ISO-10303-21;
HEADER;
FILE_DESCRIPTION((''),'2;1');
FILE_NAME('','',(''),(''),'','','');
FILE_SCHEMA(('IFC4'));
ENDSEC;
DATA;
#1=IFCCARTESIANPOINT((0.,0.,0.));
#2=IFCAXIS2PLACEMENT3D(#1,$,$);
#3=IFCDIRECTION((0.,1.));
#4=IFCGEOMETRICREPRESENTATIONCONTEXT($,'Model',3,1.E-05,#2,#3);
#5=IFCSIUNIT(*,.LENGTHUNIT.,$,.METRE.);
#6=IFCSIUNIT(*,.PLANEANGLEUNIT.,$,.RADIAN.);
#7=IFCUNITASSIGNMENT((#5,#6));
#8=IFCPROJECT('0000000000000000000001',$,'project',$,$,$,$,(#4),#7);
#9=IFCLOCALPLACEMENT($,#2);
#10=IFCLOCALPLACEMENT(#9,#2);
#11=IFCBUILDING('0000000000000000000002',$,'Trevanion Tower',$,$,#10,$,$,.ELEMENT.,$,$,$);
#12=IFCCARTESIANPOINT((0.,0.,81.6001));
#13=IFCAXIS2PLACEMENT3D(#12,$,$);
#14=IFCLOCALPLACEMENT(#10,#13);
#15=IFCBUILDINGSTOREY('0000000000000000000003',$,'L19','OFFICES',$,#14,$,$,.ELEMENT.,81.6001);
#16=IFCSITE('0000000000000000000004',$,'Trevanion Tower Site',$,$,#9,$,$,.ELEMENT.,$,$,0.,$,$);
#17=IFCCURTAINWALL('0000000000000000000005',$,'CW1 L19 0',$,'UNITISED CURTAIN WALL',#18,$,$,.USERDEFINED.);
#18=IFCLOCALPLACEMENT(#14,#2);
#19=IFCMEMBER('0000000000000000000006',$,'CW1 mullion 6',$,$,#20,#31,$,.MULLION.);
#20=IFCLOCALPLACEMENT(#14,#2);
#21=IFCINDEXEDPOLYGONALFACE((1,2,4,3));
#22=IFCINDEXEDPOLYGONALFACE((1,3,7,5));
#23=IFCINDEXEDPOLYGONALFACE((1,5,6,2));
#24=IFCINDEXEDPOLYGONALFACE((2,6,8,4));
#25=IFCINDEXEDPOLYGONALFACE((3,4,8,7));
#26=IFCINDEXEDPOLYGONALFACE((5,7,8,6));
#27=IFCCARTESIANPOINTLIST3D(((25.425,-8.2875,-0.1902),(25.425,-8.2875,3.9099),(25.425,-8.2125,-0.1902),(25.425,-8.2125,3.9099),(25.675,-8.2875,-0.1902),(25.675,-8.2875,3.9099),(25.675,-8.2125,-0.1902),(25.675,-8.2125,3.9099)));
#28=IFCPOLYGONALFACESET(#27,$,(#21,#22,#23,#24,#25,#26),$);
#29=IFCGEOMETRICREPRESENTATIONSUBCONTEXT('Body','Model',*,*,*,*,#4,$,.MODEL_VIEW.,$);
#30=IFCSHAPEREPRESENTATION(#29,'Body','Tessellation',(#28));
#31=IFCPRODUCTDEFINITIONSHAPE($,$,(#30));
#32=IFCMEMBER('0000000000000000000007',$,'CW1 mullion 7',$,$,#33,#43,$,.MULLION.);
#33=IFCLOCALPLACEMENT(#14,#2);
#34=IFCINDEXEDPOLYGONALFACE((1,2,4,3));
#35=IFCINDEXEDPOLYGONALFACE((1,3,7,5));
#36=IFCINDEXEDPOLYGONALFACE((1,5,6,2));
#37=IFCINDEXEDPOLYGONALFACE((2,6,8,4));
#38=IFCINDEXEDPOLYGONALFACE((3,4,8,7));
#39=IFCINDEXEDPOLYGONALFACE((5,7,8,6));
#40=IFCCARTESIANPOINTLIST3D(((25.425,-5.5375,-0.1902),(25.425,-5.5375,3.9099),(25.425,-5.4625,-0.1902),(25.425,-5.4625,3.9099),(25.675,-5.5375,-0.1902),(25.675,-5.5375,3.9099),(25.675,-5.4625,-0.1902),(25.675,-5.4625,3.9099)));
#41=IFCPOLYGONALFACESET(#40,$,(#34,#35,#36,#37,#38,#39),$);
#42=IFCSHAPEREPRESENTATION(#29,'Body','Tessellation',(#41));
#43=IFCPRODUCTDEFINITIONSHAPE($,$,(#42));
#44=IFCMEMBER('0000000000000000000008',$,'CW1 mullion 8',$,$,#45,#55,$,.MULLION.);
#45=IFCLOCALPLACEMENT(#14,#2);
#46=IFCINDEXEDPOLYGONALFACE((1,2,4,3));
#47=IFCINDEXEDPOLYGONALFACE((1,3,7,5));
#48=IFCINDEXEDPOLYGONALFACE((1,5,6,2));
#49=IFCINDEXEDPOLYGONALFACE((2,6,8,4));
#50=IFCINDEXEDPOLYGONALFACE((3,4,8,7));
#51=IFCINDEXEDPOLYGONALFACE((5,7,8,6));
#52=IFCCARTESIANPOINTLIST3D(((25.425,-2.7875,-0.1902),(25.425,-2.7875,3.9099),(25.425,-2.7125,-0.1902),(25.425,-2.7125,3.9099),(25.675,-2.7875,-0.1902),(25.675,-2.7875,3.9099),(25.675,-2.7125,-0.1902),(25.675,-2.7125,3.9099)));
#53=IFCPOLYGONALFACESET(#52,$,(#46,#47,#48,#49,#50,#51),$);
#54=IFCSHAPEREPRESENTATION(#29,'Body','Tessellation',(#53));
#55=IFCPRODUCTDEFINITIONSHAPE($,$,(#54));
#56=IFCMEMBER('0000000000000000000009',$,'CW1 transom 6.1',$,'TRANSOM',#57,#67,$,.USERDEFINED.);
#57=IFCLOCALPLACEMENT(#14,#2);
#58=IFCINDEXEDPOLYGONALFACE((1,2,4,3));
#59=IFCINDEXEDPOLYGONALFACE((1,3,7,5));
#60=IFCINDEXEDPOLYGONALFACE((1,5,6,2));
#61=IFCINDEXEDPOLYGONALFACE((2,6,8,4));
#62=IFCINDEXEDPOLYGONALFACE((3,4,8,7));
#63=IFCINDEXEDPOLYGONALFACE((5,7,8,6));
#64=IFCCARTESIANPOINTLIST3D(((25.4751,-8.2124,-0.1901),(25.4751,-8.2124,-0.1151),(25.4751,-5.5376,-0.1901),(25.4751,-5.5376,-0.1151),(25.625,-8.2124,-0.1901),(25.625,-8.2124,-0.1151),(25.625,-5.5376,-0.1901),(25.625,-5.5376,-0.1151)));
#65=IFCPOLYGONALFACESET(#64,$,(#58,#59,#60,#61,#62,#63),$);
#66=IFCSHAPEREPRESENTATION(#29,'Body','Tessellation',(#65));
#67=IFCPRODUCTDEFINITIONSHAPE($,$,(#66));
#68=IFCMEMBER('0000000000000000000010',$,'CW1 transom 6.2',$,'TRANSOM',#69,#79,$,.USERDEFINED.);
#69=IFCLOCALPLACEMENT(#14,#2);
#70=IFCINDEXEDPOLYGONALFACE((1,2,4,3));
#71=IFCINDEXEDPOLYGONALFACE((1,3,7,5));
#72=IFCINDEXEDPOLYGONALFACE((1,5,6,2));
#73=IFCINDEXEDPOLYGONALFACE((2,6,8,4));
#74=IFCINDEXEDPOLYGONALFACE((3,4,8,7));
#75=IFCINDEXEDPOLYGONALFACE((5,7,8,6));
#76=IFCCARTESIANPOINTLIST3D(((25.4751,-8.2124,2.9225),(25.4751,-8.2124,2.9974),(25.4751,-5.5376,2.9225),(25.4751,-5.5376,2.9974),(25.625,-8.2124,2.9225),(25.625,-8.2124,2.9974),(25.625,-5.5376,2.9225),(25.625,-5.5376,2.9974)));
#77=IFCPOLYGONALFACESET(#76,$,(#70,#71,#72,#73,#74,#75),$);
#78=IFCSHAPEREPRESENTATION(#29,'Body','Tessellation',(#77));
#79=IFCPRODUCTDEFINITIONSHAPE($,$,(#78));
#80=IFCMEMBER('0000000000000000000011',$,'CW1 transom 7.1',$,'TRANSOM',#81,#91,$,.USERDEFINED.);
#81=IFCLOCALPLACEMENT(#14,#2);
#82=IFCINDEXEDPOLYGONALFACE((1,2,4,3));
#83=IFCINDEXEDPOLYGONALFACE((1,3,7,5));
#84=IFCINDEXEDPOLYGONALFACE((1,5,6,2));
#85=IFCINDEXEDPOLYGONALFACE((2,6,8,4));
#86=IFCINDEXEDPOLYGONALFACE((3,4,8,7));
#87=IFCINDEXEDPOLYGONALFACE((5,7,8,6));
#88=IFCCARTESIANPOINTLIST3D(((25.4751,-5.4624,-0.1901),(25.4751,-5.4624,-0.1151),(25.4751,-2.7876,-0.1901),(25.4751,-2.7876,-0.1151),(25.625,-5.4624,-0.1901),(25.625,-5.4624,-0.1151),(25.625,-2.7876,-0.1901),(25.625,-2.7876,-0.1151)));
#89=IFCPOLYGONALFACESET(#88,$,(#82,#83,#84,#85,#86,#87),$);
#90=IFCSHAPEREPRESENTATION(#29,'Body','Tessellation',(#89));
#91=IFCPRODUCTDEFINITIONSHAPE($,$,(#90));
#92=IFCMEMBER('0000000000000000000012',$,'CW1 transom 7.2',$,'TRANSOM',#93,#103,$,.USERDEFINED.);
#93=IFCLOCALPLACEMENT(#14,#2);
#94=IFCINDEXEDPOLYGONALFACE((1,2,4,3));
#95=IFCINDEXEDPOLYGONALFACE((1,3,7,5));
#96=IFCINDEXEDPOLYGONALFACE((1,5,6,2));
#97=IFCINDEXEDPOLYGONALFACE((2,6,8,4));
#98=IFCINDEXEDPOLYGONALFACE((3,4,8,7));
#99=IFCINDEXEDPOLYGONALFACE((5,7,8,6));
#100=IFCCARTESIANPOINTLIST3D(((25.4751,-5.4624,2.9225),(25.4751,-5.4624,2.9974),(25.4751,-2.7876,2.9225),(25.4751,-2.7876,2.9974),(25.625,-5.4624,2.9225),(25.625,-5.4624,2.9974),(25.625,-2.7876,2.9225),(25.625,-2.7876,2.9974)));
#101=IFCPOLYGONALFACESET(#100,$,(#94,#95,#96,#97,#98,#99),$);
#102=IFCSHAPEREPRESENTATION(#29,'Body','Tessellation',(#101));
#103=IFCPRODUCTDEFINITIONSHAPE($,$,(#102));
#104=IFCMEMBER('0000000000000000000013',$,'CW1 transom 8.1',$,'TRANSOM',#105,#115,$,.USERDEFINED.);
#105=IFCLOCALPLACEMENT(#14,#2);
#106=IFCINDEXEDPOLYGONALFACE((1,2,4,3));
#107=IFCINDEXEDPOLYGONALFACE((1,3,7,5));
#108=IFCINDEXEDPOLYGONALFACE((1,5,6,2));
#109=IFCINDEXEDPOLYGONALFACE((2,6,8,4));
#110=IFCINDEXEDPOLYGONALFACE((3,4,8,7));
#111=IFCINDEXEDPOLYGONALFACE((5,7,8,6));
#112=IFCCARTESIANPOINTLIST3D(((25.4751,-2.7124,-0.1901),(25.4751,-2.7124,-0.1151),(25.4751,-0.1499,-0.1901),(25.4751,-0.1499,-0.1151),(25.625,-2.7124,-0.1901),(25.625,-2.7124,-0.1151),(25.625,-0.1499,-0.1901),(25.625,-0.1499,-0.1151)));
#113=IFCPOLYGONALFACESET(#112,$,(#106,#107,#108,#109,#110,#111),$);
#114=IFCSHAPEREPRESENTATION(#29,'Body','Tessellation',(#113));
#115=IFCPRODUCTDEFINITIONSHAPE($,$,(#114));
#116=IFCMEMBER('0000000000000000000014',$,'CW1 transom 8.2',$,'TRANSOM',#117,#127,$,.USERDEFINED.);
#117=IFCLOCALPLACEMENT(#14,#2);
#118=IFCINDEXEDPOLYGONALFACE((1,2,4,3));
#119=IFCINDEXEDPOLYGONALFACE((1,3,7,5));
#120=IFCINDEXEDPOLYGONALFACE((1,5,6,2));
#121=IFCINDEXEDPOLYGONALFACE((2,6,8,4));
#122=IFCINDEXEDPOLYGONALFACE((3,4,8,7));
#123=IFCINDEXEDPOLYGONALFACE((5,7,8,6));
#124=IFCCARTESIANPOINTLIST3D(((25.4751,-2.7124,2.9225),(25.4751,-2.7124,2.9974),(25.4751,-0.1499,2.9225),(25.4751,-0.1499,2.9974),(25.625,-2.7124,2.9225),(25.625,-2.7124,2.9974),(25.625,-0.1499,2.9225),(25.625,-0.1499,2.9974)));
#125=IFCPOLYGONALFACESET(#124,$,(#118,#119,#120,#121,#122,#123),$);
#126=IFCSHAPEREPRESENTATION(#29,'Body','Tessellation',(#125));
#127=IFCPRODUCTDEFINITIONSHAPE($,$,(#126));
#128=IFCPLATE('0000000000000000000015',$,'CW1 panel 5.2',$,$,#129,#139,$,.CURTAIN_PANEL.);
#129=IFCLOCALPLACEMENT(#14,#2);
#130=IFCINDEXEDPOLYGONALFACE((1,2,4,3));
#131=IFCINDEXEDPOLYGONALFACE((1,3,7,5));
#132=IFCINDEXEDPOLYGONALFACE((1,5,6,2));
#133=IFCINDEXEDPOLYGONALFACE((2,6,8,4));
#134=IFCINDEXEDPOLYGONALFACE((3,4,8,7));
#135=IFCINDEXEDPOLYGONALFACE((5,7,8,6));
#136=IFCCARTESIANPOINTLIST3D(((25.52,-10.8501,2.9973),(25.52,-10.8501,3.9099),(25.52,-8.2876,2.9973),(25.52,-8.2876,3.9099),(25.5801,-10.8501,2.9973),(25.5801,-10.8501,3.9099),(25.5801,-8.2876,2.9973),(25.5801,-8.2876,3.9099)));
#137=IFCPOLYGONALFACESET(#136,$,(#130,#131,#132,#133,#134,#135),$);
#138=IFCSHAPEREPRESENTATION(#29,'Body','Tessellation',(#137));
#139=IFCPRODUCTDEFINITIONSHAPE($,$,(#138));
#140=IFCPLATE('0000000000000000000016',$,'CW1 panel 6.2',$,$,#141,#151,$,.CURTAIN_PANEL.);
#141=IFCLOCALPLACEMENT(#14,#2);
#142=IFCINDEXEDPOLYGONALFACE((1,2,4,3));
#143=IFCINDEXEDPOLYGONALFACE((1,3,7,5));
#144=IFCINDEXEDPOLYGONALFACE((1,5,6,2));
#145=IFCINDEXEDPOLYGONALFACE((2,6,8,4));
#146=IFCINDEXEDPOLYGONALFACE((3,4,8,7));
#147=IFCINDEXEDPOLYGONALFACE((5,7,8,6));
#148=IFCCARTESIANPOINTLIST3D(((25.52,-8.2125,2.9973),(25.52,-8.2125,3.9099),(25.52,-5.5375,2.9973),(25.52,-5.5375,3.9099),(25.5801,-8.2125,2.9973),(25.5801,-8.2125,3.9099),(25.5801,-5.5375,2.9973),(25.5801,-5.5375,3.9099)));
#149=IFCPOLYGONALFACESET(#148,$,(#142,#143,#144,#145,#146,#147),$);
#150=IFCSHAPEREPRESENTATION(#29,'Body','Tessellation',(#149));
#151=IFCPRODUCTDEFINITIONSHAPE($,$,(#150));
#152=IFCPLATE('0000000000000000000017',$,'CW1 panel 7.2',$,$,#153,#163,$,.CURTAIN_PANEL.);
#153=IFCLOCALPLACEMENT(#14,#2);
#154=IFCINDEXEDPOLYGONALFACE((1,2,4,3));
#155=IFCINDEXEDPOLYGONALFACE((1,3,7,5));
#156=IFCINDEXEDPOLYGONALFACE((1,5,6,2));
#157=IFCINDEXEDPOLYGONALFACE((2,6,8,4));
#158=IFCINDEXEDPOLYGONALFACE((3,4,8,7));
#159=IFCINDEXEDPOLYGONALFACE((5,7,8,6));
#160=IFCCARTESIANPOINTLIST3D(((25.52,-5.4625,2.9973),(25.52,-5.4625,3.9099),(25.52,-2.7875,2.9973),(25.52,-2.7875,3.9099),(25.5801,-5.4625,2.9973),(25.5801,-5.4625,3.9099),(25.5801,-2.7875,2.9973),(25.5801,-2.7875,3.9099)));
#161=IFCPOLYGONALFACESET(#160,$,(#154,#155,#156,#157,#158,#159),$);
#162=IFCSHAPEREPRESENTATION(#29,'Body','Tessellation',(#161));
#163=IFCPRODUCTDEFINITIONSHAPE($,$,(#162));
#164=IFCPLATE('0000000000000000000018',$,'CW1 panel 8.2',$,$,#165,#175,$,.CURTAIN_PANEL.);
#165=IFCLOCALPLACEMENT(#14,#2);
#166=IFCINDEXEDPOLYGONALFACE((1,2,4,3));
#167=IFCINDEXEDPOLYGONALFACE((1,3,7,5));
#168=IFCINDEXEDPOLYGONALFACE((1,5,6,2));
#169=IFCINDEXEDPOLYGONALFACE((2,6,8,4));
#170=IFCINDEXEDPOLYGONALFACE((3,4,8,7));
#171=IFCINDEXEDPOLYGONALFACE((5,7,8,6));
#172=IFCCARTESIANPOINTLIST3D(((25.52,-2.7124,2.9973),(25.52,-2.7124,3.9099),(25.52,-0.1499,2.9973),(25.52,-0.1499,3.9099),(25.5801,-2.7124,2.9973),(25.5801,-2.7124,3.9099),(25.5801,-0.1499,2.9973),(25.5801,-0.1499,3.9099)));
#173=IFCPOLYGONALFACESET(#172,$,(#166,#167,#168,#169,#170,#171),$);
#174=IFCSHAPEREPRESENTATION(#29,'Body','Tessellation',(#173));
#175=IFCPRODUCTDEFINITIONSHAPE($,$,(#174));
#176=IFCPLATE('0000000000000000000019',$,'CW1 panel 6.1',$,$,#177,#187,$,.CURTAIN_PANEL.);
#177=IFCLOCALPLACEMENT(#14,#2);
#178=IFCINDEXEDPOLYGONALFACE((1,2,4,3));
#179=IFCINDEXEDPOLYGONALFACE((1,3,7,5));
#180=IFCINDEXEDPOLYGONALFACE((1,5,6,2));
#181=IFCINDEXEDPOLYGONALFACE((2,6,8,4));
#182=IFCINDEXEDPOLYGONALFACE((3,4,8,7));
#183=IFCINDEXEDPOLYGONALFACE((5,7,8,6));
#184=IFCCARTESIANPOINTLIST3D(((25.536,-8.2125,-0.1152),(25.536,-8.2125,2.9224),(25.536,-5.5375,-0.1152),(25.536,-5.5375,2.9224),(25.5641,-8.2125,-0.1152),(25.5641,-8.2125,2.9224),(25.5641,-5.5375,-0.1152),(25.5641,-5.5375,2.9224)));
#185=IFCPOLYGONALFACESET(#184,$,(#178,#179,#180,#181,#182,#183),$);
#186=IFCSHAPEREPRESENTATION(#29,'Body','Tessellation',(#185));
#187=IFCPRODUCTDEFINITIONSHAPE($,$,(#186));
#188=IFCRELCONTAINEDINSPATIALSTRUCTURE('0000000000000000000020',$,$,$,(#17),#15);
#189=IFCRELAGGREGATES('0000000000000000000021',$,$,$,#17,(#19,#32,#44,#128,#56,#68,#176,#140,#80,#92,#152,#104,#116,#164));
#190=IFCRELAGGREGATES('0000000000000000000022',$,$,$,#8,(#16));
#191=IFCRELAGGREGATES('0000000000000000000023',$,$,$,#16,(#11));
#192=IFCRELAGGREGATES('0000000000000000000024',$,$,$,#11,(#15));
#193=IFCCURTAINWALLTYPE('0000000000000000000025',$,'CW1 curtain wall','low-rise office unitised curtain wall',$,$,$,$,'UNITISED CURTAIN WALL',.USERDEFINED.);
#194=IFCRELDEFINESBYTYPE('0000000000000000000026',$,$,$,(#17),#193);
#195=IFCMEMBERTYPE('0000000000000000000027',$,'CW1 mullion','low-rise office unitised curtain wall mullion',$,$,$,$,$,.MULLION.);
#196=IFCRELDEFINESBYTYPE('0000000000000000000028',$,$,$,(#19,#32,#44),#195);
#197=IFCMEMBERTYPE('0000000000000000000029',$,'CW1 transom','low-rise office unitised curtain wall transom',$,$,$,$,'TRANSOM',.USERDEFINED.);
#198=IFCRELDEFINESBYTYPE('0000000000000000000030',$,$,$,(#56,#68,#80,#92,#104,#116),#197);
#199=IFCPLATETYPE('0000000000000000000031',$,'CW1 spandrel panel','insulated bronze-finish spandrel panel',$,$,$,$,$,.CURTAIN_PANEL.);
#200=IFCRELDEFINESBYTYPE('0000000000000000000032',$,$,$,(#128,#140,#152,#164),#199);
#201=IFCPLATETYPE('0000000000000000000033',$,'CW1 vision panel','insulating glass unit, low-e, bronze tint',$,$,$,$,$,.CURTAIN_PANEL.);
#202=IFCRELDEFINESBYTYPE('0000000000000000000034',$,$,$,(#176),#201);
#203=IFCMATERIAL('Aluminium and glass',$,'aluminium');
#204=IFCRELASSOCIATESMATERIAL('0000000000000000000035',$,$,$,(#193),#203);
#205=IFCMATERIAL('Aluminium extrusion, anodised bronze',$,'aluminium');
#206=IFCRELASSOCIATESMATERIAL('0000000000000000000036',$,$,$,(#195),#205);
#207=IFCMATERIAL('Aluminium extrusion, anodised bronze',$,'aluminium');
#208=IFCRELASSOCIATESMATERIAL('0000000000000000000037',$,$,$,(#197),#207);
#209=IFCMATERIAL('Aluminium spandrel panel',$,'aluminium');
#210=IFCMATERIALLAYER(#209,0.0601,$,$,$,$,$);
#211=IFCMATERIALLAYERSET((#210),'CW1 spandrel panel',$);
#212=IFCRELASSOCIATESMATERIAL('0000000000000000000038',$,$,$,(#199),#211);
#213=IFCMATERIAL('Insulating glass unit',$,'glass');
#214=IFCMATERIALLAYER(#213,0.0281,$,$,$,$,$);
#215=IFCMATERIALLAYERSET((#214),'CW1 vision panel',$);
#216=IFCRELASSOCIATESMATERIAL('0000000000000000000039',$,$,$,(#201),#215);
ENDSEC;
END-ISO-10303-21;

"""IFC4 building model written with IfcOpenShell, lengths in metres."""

from ifc_helpers import new_model, si_unit, direction, frame, origin, origin_2d, place, context, subcontext, project, spatial, rectangle, extrude, material, layer, layer_set, material_profile, profile_set, type_object, element, aggregate, save


model = new_model("IFC4")

# Units and contexts
model_context = context("Model", 3, precision=1e-05, world=origin(), true_north=direction((0.0, 1.0)))
body_context = subcontext(model_context, "Body", "Model", "MODEL_VIEW")
ifc_project = project(units=[si_unit("LENGTHUNIT", "METRE"), si_unit("PLANEANGLEUNIT", "RADIAN")], contexts=[model_context])

# Site, building, storey
site_placement = place(None, origin())
site = spatial("IfcSite", under=ifc_project, at=site_placement, Name="Trevanion Tower Site", CompositionType="ELEMENT", RefElevation=0.0)
building_placement = place(site_placement, origin())
building = spatial("IfcBuilding", under=site, at=building_placement, Name="Trevanion Tower", CompositionType="ELEMENT")
storey_placement = place(building_placement, frame((0.0, 0.0, 81.6001)))
storey = spatial("IfcBuildingStorey", under=building, at=storey_placement, Name="L19", Description="OFFICES", CompositionType="ELEMENT", Elevation=81.6001)

# Curtain wall, members, plates
ifc_material_1 = material(Name="Aluminium and glass", Category="aluminium")
curtain_wall_type = type_object("IfcCurtainWallType", Name="CW1 curtain wall", Description="low-rise office unitised curtain wall", ElementType="UNITISED CURTAIN WALL", PredefinedType="USERDEFINED", material=ifc_material_1)
curtain_wall_placement = place(storey_placement, origin())
curtain_wall = element("IfcCurtainWall", 1, at=curtain_wall_placement, inside=storey, type_object=curtain_wall_type, Name="CW1 L19 0", ObjectType="UNITISED CURTAIN WALL", PredefinedType="USERDEFINED")
ifc_material_2 = material(Name="Aluminium extrusion, anodised bronze", Category="aluminium")
ifc_material_profile_1 = material_profile(ifc_material_2, rectangle(XDim=0.075, YDim=0.25, at=origin_2d()), Name="CW1 mullion")
ifc_profile_set_1 = profile_set([ifc_material_profile_1], Name="Aluminium extrusion, anodised bronze")
member_type_1 = type_object("IfcMemberType", Name="CW1 mullion", Description="low-rise office unitised curtain wall mullion", PredefinedType="MULLION", material=ifc_profile_set_1)
member_1_placement = place(storey_placement, frame((25.55, -8.25, -0.1902), z_axis=(0.0, 0.0, 1.0), x_axis=(0.0, 1.0, 0.0)))
member_1 = element("IfcMember", 2, at=member_1_placement, type_object=member_type_1, Name="CW1 mullion 6", PredefinedType="MULLION", context=body_context, shape_type="SweptSolid", body=[
    extrude(rectangle(XDim=0.075, YDim=0.25, at=origin_2d()), origin(), (0.0, 0.0, 1.0), 4.1001),
])
member_2_placement = place(storey_placement, frame((25.55, -5.5, -0.1902), z_axis=(0.0, 0.0, 1.0), x_axis=(0.0, 1.0, 0.0)))
member_2 = element("IfcMember", 3, at=member_2_placement, type_object=member_type_1, Name="CW1 mullion 7", PredefinedType="MULLION", context=body_context, shape_type="SweptSolid", body=[
    extrude(rectangle(XDim=0.075, YDim=0.25, at=origin_2d()), origin(), (0.0, 0.0, 1.0), 4.1001),
])
member_3_placement = place(storey_placement, frame((25.55, -2.75, -0.1902), z_axis=(0.0, 0.0, 1.0), x_axis=(0.0, 1.0, 0.0)))
member_3 = element("IfcMember", 4, at=member_3_placement, type_object=member_type_1, Name="CW1 mullion 8", PredefinedType="MULLION", context=body_context, shape_type="SweptSolid", body=[
    extrude(rectangle(XDim=0.075, YDim=0.25, at=origin_2d()), origin(), (0.0, 0.0, 1.0), 4.1001),
])
ifc_material_3 = material(Name="Aluminium extrusion, anodised bronze", Category="aluminium")
ifc_material_profile_2 = material_profile(ifc_material_3, rectangle(XDim=0.1499, YDim=0.075, at=origin_2d()), Name="CW1 transom")
ifc_profile_set_2 = profile_set([ifc_material_profile_2], Name="Aluminium extrusion, anodised bronze")
member_type_2 = type_object("IfcMemberType", Name="CW1 transom", Description="low-rise office unitised curtain wall transom", ElementType="TRANSOM", PredefinedType="USERDEFINED", material=ifc_profile_set_2)
member_4_placement = place(storey_placement, frame((25.55, -8.2124, -0.1526), z_axis=(0.0, 1.0, 0.0), x_axis=(-1.0, 0.0, 0.0)))
member_4 = element("IfcMember", 5, at=member_4_placement, type_object=member_type_2, Name="CW1 transom 6.1", ObjectType="TRANSOM", PredefinedType="USERDEFINED", context=body_context, shape_type="SweptSolid", body=[
    extrude(rectangle(XDim=0.1499, YDim=0.075, at=origin_2d()), origin(), (0.0, 0.0, 1.0), 2.6748),
])
member_5_placement = place(storey_placement, frame((25.55, -8.2124, 2.96), z_axis=(0.0, 1.0, 0.0), x_axis=(-1.0, 0.0, 0.0)))
member_5 = element("IfcMember", 6, at=member_5_placement, type_object=member_type_2, Name="CW1 transom 6.2", ObjectType="TRANSOM", PredefinedType="USERDEFINED", context=body_context, shape_type="SweptSolid", body=[
    extrude(rectangle(XDim=0.1499, YDim=0.075, at=origin_2d()), origin(), (0.0, 0.0, 1.0), 2.6748),
])
member_6_placement = place(storey_placement, frame((25.55, -5.4624, -0.1526), z_axis=(0.0, 1.0, 0.0), x_axis=(-1.0, 0.0, 0.0)))
member_6 = element("IfcMember", 7, at=member_6_placement, type_object=member_type_2, Name="CW1 transom 7.1", ObjectType="TRANSOM", PredefinedType="USERDEFINED", context=body_context, shape_type="SweptSolid", body=[
    extrude(rectangle(XDim=0.1499, YDim=0.075, at=origin_2d()), origin(), (0.0, 0.0, 1.0), 2.6748),
])
member_7_placement = place(storey_placement, frame((25.55, -5.4624, 2.96), z_axis=(0.0, 1.0, 0.0), x_axis=(-1.0, 0.0, 0.0)))
member_7 = element("IfcMember", 8, at=member_7_placement, type_object=member_type_2, Name="CW1 transom 7.2", ObjectType="TRANSOM", PredefinedType="USERDEFINED", context=body_context, shape_type="SweptSolid", body=[
    extrude(rectangle(XDim=0.1499, YDim=0.075, at=origin_2d()), origin(), (0.0, 0.0, 1.0), 2.6748),
])
member_8_placement = place(storey_placement, frame((25.55, -2.7124, -0.1526), z_axis=(0.0, 1.0, 0.0), x_axis=(-1.0, 0.0, 0.0)))
member_8 = element("IfcMember", 9, at=member_8_placement, type_object=member_type_2, Name="CW1 transom 8.1", ObjectType="TRANSOM", PredefinedType="USERDEFINED", context=body_context, shape_type="SweptSolid", body=[
    extrude(rectangle(XDim=0.1499, YDim=0.075, at=origin_2d()), origin(), (0.0, 0.0, 1.0), 2.5625),
])
member_9_placement = place(storey_placement, frame((25.55, -2.7124, 2.96), z_axis=(0.0, 1.0, 0.0), x_axis=(-1.0, 0.0, 0.0)))
member_9 = element("IfcMember", 10, at=member_9_placement, type_object=member_type_2, Name="CW1 transom 8.2", ObjectType="TRANSOM", PredefinedType="USERDEFINED", context=body_context, shape_type="SweptSolid", body=[
    extrude(rectangle(XDim=0.1499, YDim=0.075, at=origin_2d()), origin(), (0.0, 0.0, 1.0), 2.5625),
])
ifc_material_4 = material(Name="Aluminium spandrel panel", Category="aluminium")
ifc_layer_1 = layer(ifc_material_4, 0.0601)
ifc_layer_set_1 = layer_set([ifc_layer_1], Name="CW1 spandrel panel")
plate_type_1 = type_object("IfcPlateType", Name="CW1 spandrel panel", Description="insulated bronze-finish spandrel panel", PredefinedType="CURTAIN_PANEL", material=ifc_layer_set_1)
plate_1_placement = place(storey_placement, frame((25.55, -9.5688, 2.9973), z_axis=(0.0, 0.0, 1.0), x_axis=(0.0, 1.0, 0.0)))
plate_1 = element("IfcPlate", 11, at=plate_1_placement, type_object=plate_type_1, Name="CW1 panel 5.2", PredefinedType="CURTAIN_PANEL", context=body_context, shape_type="SweptSolid", body=[
    extrude(rectangle(XDim=2.5625, YDim=0.0601, at=origin_2d()), origin(), (0.0, 0.0, 1.0), 0.9126),
])
plate_2_placement = place(storey_placement, frame((25.55, -6.875, 2.9973), z_axis=(0.0, 0.0, 1.0), x_axis=(0.0, 1.0, 0.0)))
plate_2 = element("IfcPlate", 12, at=plate_2_placement, type_object=plate_type_1, Name="CW1 panel 6.2", PredefinedType="CURTAIN_PANEL", context=body_context, shape_type="SweptSolid", body=[
    extrude(rectangle(XDim=2.675, YDim=0.0601, at=origin_2d()), origin(), (0.0, 0.0, 1.0), 0.9126),
])
plate_3_placement = place(storey_placement, frame((25.55, -4.125, 2.9973), z_axis=(0.0, 0.0, 1.0), x_axis=(0.0, 1.0, 0.0)))
plate_3 = element("IfcPlate", 13, at=plate_3_placement, type_object=plate_type_1, Name="CW1 panel 7.2", PredefinedType="CURTAIN_PANEL", context=body_context, shape_type="SweptSolid", body=[
    extrude(rectangle(XDim=2.675, YDim=0.0601, at=origin_2d()), origin(), (0.0, 0.0, 1.0), 0.9126),
])
plate_4_placement = place(storey_placement, frame((25.55, -1.4312, 2.9973), z_axis=(0.0, 0.0, 1.0), x_axis=(0.0, 1.0, 0.0)))
plate_4 = element("IfcPlate", 14, at=plate_4_placement, type_object=plate_type_1, Name="CW1 panel 8.2", PredefinedType="CURTAIN_PANEL", context=body_context, shape_type="SweptSolid", body=[
    extrude(rectangle(XDim=2.5625, YDim=0.0601, at=origin_2d()), origin(), (0.0, 0.0, 1.0), 0.9126),
])
ifc_material_5 = material(Name="Insulating glass unit", Category="glass")
ifc_layer_2 = layer(ifc_material_5, 0.0281)
ifc_layer_set_2 = layer_set([ifc_layer_2], Name="CW1 vision panel")
plate_type_2 = type_object("IfcPlateType", Name="CW1 vision panel", Description="insulating glass unit, low-e, bronze tint", PredefinedType="CURTAIN_PANEL", material=ifc_layer_set_2)
plate_5_placement = place(storey_placement, frame((25.55, -6.875, -0.1152), z_axis=(0.0, 0.0, 1.0), x_axis=(0.0, 1.0, 0.0)))
plate_5 = element("IfcPlate", 15, at=plate_5_placement, type_object=plate_type_2, Name="CW1 panel 6.1", PredefinedType="CURTAIN_PANEL", context=body_context, shape_type="SweptSolid", body=[
    extrude(rectangle(XDim=2.675, YDim=0.0281, at=origin_2d()), origin(), (0.0, 0.0, 1.0), 3.0376),
])
aggregate(curtain_wall, [member_1, member_2, member_3, plate_1, member_4, member_5, plate_5, plate_2, member_6, member_7, plate_3, member_8, member_9, plate_4])

save(model, "model.ifc")
